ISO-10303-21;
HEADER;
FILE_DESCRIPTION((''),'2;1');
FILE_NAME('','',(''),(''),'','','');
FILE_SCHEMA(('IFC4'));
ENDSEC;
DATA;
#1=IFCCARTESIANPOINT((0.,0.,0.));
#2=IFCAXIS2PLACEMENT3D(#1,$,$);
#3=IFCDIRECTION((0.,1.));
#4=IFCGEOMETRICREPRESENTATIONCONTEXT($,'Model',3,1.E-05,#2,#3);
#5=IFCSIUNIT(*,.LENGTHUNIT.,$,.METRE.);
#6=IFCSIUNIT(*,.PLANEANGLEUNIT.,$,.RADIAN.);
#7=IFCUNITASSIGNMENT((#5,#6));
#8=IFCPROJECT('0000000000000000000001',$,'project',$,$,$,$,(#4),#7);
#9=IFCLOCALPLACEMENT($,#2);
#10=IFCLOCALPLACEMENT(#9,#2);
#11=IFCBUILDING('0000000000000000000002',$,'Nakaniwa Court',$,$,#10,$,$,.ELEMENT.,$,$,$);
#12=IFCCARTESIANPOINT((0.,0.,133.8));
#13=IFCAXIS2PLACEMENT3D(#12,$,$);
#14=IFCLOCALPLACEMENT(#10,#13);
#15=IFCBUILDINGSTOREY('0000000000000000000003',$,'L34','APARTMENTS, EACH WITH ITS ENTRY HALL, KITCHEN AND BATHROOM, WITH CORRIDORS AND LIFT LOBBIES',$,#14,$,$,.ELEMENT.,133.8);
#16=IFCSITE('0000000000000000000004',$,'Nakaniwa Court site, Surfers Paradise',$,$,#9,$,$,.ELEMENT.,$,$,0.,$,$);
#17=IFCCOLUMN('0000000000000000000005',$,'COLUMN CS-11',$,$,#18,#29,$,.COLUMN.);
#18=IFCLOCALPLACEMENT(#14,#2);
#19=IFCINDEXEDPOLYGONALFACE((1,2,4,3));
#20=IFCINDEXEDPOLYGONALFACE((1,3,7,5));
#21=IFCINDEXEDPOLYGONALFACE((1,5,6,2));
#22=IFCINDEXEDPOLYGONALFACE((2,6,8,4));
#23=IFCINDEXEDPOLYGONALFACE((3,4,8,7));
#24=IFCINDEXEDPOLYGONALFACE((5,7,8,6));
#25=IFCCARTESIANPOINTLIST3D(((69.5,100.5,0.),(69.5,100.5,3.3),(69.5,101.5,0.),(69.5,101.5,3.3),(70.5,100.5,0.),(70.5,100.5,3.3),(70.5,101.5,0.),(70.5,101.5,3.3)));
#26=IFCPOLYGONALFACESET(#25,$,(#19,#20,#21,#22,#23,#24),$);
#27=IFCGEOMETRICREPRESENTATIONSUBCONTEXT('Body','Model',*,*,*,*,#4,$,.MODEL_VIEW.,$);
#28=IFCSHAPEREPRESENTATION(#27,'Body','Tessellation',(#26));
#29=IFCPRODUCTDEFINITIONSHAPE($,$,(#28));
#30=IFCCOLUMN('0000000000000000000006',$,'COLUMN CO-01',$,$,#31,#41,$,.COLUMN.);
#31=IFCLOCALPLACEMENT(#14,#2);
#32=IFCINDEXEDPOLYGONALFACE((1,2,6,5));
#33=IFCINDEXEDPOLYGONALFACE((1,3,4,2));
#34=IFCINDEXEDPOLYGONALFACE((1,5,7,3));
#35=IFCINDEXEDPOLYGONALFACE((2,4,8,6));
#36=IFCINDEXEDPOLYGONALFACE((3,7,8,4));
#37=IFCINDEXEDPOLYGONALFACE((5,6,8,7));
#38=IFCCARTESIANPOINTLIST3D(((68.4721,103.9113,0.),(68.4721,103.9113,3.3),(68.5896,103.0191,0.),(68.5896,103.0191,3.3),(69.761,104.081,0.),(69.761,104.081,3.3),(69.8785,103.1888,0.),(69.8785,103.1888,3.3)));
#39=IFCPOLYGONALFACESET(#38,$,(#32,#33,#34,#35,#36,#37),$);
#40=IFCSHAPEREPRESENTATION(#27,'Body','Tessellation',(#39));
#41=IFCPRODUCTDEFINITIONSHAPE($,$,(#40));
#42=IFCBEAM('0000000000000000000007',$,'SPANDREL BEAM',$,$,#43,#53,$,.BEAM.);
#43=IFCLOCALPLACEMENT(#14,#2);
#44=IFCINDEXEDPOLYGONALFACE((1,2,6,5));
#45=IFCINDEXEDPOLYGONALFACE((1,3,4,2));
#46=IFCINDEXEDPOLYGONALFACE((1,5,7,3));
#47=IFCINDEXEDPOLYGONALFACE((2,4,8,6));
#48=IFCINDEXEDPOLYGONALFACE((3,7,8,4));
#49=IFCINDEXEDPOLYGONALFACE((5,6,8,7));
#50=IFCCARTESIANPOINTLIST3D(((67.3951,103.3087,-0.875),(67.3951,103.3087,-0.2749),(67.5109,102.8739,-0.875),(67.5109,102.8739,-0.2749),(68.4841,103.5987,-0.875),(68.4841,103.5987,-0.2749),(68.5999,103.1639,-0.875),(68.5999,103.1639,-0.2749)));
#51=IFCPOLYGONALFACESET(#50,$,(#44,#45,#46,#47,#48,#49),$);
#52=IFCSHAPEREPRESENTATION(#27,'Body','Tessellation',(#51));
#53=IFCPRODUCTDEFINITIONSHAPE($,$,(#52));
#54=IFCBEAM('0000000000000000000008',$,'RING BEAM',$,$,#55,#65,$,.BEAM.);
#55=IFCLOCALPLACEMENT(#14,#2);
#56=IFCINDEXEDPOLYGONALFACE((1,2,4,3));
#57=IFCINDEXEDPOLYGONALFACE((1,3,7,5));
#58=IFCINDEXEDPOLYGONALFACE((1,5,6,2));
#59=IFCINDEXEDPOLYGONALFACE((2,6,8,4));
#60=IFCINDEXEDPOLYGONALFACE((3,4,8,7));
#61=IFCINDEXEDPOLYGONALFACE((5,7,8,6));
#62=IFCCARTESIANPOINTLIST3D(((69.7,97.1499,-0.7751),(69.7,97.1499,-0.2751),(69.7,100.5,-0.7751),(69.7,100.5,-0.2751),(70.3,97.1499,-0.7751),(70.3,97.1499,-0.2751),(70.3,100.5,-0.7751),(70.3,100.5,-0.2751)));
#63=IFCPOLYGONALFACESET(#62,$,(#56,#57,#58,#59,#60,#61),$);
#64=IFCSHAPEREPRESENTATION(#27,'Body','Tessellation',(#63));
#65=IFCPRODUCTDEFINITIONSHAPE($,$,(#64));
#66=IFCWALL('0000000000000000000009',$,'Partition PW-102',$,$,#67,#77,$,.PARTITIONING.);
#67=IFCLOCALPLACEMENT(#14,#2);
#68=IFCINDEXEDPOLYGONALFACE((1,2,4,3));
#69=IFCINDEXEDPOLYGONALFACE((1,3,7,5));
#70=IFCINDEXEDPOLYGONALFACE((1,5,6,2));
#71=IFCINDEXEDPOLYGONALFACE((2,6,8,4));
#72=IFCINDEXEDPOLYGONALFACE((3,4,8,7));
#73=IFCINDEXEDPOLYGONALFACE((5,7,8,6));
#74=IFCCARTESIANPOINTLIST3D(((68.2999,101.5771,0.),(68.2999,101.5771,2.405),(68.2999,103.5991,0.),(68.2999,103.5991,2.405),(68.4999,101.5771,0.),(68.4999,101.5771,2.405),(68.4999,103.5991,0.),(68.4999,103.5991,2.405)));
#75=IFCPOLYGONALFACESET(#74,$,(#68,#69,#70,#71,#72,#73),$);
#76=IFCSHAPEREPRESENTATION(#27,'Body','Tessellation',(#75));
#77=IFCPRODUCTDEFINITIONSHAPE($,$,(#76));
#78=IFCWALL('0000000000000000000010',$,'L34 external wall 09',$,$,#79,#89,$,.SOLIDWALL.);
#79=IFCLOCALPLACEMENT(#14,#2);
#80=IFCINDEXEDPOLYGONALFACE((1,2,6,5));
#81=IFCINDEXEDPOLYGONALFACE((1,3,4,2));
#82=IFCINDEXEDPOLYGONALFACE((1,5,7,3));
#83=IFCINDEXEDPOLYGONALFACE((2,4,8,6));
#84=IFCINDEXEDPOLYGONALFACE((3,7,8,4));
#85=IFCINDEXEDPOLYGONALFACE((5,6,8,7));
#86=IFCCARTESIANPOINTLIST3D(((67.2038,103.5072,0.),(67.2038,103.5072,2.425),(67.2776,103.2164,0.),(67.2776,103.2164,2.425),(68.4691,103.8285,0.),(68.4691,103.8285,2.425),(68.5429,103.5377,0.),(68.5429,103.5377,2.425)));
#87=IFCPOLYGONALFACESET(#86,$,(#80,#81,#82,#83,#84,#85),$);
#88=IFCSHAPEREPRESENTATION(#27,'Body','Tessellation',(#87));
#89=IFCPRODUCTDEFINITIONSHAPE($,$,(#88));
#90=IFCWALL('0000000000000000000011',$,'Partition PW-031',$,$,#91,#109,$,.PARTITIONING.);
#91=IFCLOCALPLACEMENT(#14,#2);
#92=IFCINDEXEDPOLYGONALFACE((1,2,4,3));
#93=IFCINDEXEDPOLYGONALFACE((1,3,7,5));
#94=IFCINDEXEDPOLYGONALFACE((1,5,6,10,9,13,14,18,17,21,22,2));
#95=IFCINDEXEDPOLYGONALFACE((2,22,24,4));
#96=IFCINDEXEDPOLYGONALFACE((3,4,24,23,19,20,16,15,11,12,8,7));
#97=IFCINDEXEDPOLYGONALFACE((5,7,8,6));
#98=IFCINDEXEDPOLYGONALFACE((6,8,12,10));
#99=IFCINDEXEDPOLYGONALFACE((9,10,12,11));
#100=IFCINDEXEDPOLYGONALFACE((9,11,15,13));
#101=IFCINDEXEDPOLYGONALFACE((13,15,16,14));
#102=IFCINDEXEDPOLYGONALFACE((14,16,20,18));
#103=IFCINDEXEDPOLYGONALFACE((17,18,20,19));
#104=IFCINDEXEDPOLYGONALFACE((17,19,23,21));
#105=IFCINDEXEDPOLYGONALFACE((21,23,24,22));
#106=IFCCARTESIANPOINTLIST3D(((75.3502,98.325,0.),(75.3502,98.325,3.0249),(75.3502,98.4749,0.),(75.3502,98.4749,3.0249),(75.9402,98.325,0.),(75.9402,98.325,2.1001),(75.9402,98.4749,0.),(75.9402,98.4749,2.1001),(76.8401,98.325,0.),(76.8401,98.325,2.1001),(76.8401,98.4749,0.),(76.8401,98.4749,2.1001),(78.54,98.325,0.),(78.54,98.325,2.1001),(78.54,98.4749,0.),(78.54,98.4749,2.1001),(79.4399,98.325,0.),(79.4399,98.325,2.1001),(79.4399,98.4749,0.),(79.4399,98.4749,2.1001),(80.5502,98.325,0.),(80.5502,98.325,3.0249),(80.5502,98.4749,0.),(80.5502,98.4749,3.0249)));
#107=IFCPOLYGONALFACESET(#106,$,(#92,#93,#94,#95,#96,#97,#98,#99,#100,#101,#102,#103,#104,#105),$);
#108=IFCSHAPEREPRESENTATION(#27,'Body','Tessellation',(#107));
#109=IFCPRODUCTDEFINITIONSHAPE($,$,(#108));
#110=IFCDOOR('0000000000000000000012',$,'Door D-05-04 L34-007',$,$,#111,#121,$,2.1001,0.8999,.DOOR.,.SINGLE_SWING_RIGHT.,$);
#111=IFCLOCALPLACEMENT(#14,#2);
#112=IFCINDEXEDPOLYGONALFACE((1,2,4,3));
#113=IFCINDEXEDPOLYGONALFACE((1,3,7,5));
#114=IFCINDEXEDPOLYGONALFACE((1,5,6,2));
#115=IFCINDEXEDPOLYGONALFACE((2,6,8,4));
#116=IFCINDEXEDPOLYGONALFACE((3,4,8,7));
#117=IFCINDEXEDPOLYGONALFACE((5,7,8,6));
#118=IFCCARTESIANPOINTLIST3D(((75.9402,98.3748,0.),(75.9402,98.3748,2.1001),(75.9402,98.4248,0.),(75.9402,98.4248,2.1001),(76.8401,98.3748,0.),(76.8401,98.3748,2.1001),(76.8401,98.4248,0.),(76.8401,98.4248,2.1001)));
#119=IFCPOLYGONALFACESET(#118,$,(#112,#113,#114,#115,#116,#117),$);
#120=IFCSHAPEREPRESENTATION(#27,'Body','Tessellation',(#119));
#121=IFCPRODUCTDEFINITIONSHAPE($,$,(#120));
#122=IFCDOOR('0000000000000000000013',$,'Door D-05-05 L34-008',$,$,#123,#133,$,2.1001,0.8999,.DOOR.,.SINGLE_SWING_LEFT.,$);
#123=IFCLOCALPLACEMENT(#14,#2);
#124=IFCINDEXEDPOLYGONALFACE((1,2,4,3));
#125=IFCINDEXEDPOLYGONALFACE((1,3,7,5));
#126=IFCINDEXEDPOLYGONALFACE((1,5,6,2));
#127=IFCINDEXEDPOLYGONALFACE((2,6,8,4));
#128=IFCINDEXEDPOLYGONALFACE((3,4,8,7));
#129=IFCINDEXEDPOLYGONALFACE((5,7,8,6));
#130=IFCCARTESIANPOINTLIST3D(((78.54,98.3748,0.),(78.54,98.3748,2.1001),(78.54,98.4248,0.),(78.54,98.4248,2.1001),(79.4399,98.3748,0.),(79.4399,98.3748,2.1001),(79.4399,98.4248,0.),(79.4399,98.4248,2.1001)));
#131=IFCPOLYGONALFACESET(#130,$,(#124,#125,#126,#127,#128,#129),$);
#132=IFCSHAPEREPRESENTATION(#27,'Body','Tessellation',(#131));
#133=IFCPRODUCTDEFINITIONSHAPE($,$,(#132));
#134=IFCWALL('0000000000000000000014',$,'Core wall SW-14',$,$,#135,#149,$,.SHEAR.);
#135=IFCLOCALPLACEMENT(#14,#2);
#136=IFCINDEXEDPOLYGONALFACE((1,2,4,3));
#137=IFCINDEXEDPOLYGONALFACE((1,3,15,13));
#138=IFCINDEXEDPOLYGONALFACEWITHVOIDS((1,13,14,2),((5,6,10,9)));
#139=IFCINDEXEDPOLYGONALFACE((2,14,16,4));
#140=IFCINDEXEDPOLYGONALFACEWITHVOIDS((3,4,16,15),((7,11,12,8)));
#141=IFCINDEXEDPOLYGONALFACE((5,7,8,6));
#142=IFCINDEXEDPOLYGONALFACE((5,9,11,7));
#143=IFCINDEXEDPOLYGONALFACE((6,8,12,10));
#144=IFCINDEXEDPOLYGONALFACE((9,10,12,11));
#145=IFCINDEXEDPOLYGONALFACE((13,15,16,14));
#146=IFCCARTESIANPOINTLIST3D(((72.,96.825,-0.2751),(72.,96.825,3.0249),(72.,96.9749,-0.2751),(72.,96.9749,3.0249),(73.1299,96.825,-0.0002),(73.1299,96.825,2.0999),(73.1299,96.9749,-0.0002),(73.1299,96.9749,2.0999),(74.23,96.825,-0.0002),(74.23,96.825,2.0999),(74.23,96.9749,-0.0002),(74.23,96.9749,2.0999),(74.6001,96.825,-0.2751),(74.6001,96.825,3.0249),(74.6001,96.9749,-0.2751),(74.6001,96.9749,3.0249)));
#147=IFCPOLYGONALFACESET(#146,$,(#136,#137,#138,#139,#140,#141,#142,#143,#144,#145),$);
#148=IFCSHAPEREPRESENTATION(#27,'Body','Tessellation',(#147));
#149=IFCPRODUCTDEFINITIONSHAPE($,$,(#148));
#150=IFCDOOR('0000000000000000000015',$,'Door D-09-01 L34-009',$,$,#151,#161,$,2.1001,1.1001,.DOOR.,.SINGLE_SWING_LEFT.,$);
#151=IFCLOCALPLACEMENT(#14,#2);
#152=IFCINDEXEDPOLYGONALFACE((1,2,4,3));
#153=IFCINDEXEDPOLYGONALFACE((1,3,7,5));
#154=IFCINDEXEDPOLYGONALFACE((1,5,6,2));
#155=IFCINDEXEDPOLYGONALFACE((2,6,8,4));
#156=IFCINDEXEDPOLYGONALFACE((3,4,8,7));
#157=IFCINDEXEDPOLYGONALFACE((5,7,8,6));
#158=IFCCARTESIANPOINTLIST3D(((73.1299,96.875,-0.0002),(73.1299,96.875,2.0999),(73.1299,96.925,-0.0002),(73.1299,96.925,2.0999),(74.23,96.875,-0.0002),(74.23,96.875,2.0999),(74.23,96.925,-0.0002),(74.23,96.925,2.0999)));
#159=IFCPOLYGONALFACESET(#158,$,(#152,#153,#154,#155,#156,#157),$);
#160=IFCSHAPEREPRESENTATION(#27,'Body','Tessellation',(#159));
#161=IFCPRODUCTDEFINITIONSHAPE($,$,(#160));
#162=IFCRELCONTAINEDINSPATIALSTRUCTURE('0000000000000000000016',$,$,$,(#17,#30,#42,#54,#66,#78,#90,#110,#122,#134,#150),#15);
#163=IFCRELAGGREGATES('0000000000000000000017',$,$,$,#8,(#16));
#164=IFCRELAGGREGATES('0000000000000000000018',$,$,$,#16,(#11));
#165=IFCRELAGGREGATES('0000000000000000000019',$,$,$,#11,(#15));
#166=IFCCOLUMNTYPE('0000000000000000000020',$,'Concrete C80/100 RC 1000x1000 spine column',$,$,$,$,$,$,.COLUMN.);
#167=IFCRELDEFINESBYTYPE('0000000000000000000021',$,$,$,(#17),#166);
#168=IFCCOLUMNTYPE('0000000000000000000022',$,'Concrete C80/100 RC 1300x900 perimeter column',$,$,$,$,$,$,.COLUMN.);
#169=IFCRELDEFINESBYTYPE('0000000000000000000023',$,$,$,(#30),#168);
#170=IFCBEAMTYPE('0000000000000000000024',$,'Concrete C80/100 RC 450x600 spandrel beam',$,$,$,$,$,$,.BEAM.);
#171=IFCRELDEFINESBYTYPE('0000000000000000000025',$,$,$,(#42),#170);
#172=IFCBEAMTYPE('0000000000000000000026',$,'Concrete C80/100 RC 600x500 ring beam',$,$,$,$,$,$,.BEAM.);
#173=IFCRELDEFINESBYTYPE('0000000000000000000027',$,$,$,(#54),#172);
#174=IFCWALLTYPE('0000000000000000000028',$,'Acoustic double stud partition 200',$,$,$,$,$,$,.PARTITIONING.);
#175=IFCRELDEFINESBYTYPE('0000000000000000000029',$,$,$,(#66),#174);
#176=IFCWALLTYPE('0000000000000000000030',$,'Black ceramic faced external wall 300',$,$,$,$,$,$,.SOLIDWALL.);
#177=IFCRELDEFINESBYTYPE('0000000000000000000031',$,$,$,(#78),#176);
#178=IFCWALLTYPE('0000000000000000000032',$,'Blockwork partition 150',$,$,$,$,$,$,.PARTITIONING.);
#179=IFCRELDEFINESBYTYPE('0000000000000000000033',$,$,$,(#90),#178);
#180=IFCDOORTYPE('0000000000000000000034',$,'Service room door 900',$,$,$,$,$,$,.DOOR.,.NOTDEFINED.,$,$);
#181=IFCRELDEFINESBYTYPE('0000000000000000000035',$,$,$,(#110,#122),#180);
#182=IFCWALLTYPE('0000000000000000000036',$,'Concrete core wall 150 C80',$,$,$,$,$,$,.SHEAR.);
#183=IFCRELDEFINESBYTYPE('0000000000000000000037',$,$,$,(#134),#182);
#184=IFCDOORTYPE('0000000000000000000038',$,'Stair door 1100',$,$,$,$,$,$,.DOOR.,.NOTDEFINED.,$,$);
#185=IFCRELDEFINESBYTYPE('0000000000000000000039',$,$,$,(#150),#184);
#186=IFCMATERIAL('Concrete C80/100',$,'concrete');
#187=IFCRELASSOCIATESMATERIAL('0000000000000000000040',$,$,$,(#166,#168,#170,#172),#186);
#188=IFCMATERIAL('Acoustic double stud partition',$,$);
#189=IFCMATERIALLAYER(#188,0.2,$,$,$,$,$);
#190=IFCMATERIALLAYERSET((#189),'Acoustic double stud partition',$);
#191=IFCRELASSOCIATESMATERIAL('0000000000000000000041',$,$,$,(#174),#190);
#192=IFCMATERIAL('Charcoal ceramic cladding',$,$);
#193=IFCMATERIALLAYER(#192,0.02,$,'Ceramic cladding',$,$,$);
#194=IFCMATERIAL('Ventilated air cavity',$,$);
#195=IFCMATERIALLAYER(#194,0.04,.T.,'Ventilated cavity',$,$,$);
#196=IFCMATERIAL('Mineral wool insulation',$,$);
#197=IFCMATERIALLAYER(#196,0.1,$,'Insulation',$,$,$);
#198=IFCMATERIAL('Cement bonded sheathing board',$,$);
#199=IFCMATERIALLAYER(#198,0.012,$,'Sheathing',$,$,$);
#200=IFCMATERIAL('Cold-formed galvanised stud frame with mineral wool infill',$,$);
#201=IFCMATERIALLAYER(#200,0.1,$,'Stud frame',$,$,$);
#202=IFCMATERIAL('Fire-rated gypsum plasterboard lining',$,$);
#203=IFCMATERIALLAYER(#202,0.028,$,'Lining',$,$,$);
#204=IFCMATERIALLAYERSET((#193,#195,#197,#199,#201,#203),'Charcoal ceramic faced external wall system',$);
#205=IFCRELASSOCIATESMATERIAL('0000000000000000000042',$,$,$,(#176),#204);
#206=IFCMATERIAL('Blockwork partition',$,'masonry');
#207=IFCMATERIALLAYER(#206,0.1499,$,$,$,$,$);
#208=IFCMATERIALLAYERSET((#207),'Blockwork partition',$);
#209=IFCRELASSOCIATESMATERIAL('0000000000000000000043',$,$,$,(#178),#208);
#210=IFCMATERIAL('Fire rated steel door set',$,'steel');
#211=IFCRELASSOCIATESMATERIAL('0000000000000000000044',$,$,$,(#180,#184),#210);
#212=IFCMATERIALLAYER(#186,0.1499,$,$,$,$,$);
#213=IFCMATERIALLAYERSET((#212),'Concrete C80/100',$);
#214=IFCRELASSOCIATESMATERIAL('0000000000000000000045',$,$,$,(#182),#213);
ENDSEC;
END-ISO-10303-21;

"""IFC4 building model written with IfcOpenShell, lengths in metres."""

from ifc_helpers import new_model, si_unit, direction, frame, frame_2d, origin, origin_2d, place, context, subcontext, project, spatial, rectangle, extrude, material, layer, layer_set, material_profile, profile_set, type_object, element, fill, save


model = new_model("IFC4")

# Units and contexts
model_context = context("Model", 3, precision=1e-05, world=origin(), true_north=direction((0.0, 1.0)))
body_context = subcontext(model_context, "Body", "Model", "MODEL_VIEW")
ifc_project = project(units=[si_unit("LENGTHUNIT", "METRE"), si_unit("PLANEANGLEUNIT", "RADIAN")], contexts=[model_context])

# Site, building, storey
site_placement = place(None, origin())
site = spatial("IfcSite", under=ifc_project, at=site_placement, Name="Nakaniwa Court site, Surfers Paradise", CompositionType="ELEMENT", RefElevation=0.0)
building_placement = place(site_placement, origin())
building = spatial("IfcBuilding", under=site, at=building_placement, Name="Nakaniwa Court", CompositionType="ELEMENT")
storey_placement = place(building_placement, frame((0.0, 0.0, 133.8)))
storey = spatial("IfcBuildingStorey", under=building, at=storey_placement, Name="L34", Description="APARTMENTS, EACH WITH ITS ENTRY HALL, KITCHEN AND BATHROOM, WITH CORRIDORS AND LIFT LOBBIES", CompositionType="ELEMENT", Elevation=133.8)

# Columns
ifc_material_1 = material(Name="Concrete C80/100", Category="concrete")
ifc_material_profile_1 = material_profile(ifc_material_1, rectangle(XDim=1.0, YDim=1.0, at=origin_2d()), Name="Concrete C80/100 RC 1000x1000 spine column")
ifc_profile_set_1 = profile_set([ifc_material_profile_1], Name="Concrete C80/100")
column_type_1 = type_object("IfcColumnType", Name="Concrete C80/100 RC 1000x1000 spine column", PredefinedType="COLUMN", material=ifc_profile_set_1)
column_1_placement = place(storey_placement, frame((70.0, 101.0, 0.0), z_axis=(0.0, 0.0, 1.0), x_axis=(0.0, -1.0, 0.0)))
element("IfcColumn", 1, at=column_1_placement, inside=storey, type_object=column_type_1, Name="COLUMN CS-11", PredefinedType="COLUMN", context=body_context, shape_type="SweptSolid", body=[
    extrude(rectangle(XDim=1.0, YDim=1.0, at=origin_2d()), origin(), (0.0, 0.0, 1.0), 3.3),
])
ifc_material_profile_2 = material_profile(ifc_material_1, rectangle(XDim=1.3, YDim=0.8999, at=origin_2d()), Name="Concrete C80/100 RC 1300x900 perimeter column")
ifc_profile_set_2 = profile_set([ifc_material_profile_2], Name="Concrete C80/100")
column_type_2 = type_object("IfcColumnType", Name="Concrete C80/100 RC 1300x900 perimeter column", PredefinedType="COLUMN", material=ifc_profile_set_2)
column_2_placement = place(storey_placement, frame((69.1753, 103.55, 0.0), z_axis=(0.0, 0.0, 1.0), x_axis=(-0.991443, -0.130543, 0.0)))
element("IfcColumn", 2, at=column_2_placement, inside=storey, type_object=column_type_2, Name="COLUMN CO-01", PredefinedType="COLUMN", context=body_context, shape_type="SweptSolid", body=[
    extrude(rectangle(XDim=1.3, YDim=0.8999, at=origin_2d()), origin(), (0.0, 0.0, 1.0), 3.3),
])

# Beams
ifc_material_profile_3 = material_profile(ifc_material_1, rectangle(XDim=0.45, YDim=0.6001, at=origin_2d()), Name="Concrete C80/100 RC 450x600 spandrel beam")
ifc_profile_set_3 = profile_set([ifc_material_profile_3], Name="Concrete C80/100")
beam_type_1 = type_object("IfcBeamType", Name="Concrete C80/100 RC 450x600 spandrel beam", PredefinedType="BEAM", material=ifc_profile_set_3)
beam_1_placement = place(storey_placement, frame((68.542, 103.3813, -0.575), z_axis=(-0.966321, -0.257339, 0.0), x_axis=(0.257339, -0.966321, 0.0)))
element("IfcBeam", 3, at=beam_1_placement, inside=storey, type_object=beam_type_1, Name="SPANDREL BEAM", PredefinedType="BEAM", context=body_context, shape_type="SweptSolid", body=[
    extrude(rectangle(XDim=0.45, YDim=0.6001, at=origin_2d()), origin(), (0.0, 0.0, 1.0), 1.127),
])
ifc_material_profile_4 = material_profile(ifc_material_1, rectangle(XDim=0.6001, YDim=0.5, at=origin_2d()), Name="Concrete C80/100 RC 600x500 ring beam")
ifc_profile_set_4 = profile_set([ifc_material_profile_4], Name="Concrete C80/100")
beam_type_2 = type_object("IfcBeamType", Name="Concrete C80/100 RC 600x500 ring beam", PredefinedType="BEAM", material=ifc_profile_set_4)
beam_2_placement = place(storey_placement, frame((70.0, 100.5, -0.5251), z_axis=(0.0, -1.0, 0.0), x_axis=(1.0, 0.0, 0.0)))
element("IfcBeam", 4, at=beam_2_placement, inside=storey, type_object=beam_type_2, Name="RING BEAM", PredefinedType="BEAM", context=body_context, shape_type="SweptSolid", body=[
    extrude(rectangle(XDim=0.6001, YDim=0.5, at=origin_2d()), origin(), (0.0, 0.0, 1.0), 3.3501),
])

# Walls
ifc_material_2 = material(Name="Acoustic double stud partition")
ifc_layer_1 = layer(ifc_material_2, 0.2)
ifc_layer_set_1 = layer_set([ifc_layer_1], Name="Acoustic double stud partition")
wall_type_1 = type_object("IfcWallType", Name="Acoustic double stud partition 200", PredefinedType="PARTITIONING", material=ifc_layer_set_1)
wall_1_placement = place(storey_placement, frame((68.3999, 101.5771, 0.0), z_axis=(0.0, 0.0, 1.0), x_axis=(0.0, 1.0, 0.0)))
element("IfcWall", 5, at=wall_1_placement, inside=storey, type_object=wall_type_1, Name="Partition PW-102", PredefinedType="PARTITIONING", context=body_context, shape_type="SweptSolid", body=[
    extrude(rectangle(XDim=2.022, YDim=0.2, at=frame_2d((1.011, 0.0))), origin(), (0.0, 0.0, 1.0), 2.405),
])
ifc_material_3 = material(Name="Charcoal ceramic cladding")
ifc_layer_2 = layer(ifc_material_3, 0.02, Name="Ceramic cladding")
ifc_material_4 = material(Name="Ventilated air cavity")
ifc_layer_3 = layer(ifc_material_4, 0.04, ventilated=True, Name="Ventilated cavity")
ifc_material_5 = material(Name="Mineral wool insulation")
ifc_layer_4 = layer(ifc_material_5, 0.1, Name="Insulation")
ifc_material_6 = material(Name="Cement bonded sheathing board")
ifc_layer_5 = layer(ifc_material_6, 0.012, Name="Sheathing")
ifc_material_7 = material(Name="Cold-formed galvanised stud frame with mineral wool infill")
ifc_layer_6 = layer(ifc_material_7, 0.1, Name="Stud frame")
ifc_material_8 = material(Name="Fire-rated gypsum plasterboard lining")
ifc_layer_7 = layer(ifc_material_8, 0.028, Name="Lining")
ifc_layer_set_2 = layer_set([ifc_layer_2, ifc_layer_3, ifc_layer_4, ifc_layer_5, ifc_layer_6, ifc_layer_7], Name="Charcoal ceramic faced external wall system")
wall_type_2 = type_object("IfcWallType", Name="Black ceramic faced external wall 300", PredefinedType="SOLIDWALL", material=ifc_layer_set_2)
wall_2_placement = place(storey_placement, frame((68.5061, 103.6831, 0.0), z_axis=(0.0, 0.0, 1.0), x_axis=(-0.969245, -0.246098, 0.0)))
element("IfcWall", 6, at=wall_2_placement, inside=storey, type_object=wall_type_2, Name="L34 external wall 09", PredefinedType="SOLIDWALL", context=body_context, shape_type="SweptSolid", body=[
    extrude(rectangle(XDim=1.3054, YDim=0.3, at=frame_2d((0.6528, 0.0))), origin(), (0.0, 0.0, 1.0), 2.425),
])

# Wall, openings, doors
ifc_material_9 = material(Name="Blockwork partition", Category="masonry")
ifc_layer_8 = layer(ifc_material_9, 0.1499)
ifc_layer_set_3 = layer_set([ifc_layer_8], Name="Blockwork partition")
wall_type_3 = type_object("IfcWallType", Name="Blockwork partition 150", PredefinedType="PARTITIONING", material=ifc_layer_set_3)
wall_3_placement = place(storey_placement, frame((75.3501, 98.3999, 0.0), z_axis=(0.0, 0.0, 1.0), x_axis=(1.0, 0.0, 0.0)))
wall_3 = element("IfcWall", 7, at=wall_3_placement, inside=storey, type_object=wall_type_3, Name="Partition PW-031", PredefinedType="PARTITIONING", context=body_context, shape_type="SweptSolid", body=[
    extrude(rectangle(XDim=5.2, YDim=0.1499, at=frame_2d((2.6001, 0.0))), origin(), (0.0, 0.0, 1.0), 3.0249),
])
opening_1_placement = place(wall_3_placement, frame((0.5901, 0.0, 0.0)))
opening_1 = element("IfcOpeningElement", 8, at=opening_1_placement, cuts=wall_3, PredefinedType="OPENING", context=body_context, shape_type="SweptSolid", body=[
    extrude(rectangle(XDim=0.8999, YDim=2.1001, at=frame_2d((0.45, 1.05))), frame((0.0, 0.085, 0.0), z_axis=(0.0, -1.0, 0.0), x_axis=(1.0, 0.0, 0.0)), (0.0, 0.0, 1.0), 0.1699),
])
opening_2_placement = place(wall_3_placement, frame((3.1899, 0.0, 0.0)))
opening_2 = element("IfcOpeningElement", 9, at=opening_2_placement, cuts=wall_3, PredefinedType="OPENING", context=body_context, shape_type="SweptSolid", body=[
    extrude(rectangle(XDim=0.8999, YDim=2.1001, at=frame_2d((0.45, 1.05))), frame((0.0, 0.085, 0.0), z_axis=(0.0, -1.0, 0.0), x_axis=(1.0, 0.0, 0.0)), (0.0, 0.0, 1.0), 0.1699),
])
ifc_material_10 = material(Name="Fire rated steel door set", Category="steel")
door_type_1 = type_object("IfcDoorType", Name="Service room door 900", OperationType="NOTDEFINED", PredefinedType="DOOR", material=ifc_material_10)
door_1_placement = place(opening_1_placement, origin())
door_1 = element("IfcDoor", 10, at=door_1_placement, inside=storey, type_object=door_type_1, Name="Door D-05-04 L34-007", OperationType="SINGLE_SWING_RIGHT", OverallHeight=2.1001, OverallWidth=0.8999, PredefinedType="DOOR", context=body_context, shape_type="SweptSolid", body=[
    extrude(rectangle(XDim=0.8999, YDim=2.1001, at=frame_2d((0.45, 1.05))), frame((0.0, 0.0249, 0.0), z_axis=(0.0, -1.0, 0.0), x_axis=(1.0, 0.0, 0.0)), (0.0, 0.0, 1.0), 0.05),
])
fill(opening_1, door_1)
door_2_placement = place(opening_2_placement, origin())
door_2 = element("IfcDoor", 11, at=door_2_placement, inside=storey, type_object=door_type_1, Name="Door D-05-05 L34-008", OperationType="SINGLE_SWING_LEFT", OverallHeight=2.1001, OverallWidth=0.8999, PredefinedType="DOOR", context=body_context, shape_type="SweptSolid", body=[
    extrude(rectangle(XDim=0.8999, YDim=2.1001, at=frame_2d((0.45, 1.05))), frame((0.0, 0.0249, 0.0), z_axis=(0.0, -1.0, 0.0), x_axis=(1.0, 0.0, 0.0)), (0.0, 0.0, 1.0), 0.05),
])
fill(opening_2, door_2)

# Wall, opening, door
ifc_layer_9 = layer(ifc_material_1, 0.1499)
ifc_layer_set_4 = layer_set([ifc_layer_9], Name="Concrete C80/100")
wall_type_4 = type_object("IfcWallType", Name="Concrete core wall 150 C80", PredefinedType="SHEAR", material=ifc_layer_set_4)
wall_4_placement = place(storey_placement, frame((74.6001, 96.8999, -0.2751), z_axis=(0.0, 0.0, 1.0), x_axis=(-1.0, 0.0, 0.0)))
wall_4 = element("IfcWall", 12, at=wall_4_placement, inside=storey, type_object=wall_type_4, Name="Core wall SW-14", PredefinedType="SHEAR", context=body_context, shape_type="SweptSolid", body=[
    extrude(rectangle(XDim=2.6001, YDim=0.1499, at=frame_2d((1.3, 0.0))), origin(), (0.0, 0.0, 1.0), 3.3),
])
opening_3_placement = place(wall_4_placement, frame((0.3701, 0.0, 0.2749)))
opening_3 = element("IfcOpeningElement", 13, at=opening_3_placement, cuts=wall_4, PredefinedType="OPENING", context=body_context, shape_type="SweptSolid", body=[
    extrude(rectangle(XDim=1.1001, YDim=2.1001, at=frame_2d((0.55, 1.05))), frame((0.0, 0.085, 0.0), z_axis=(0.0, -1.0, 0.0), x_axis=(1.0, 0.0, 0.0)), (0.0, 0.0, 1.0), 0.1699),
])
door_type_2 = type_object("IfcDoorType", Name="Stair door 1100", OperationType="NOTDEFINED", PredefinedType="DOOR", material=ifc_material_10)
door_3_placement = place(opening_3_placement, origin())
door_3 = element("IfcDoor", 14, at=door_3_placement, inside=storey, type_object=door_type_2, Name="Door D-09-01 L34-009", OperationType="SINGLE_SWING_LEFT", OverallHeight=2.1001, OverallWidth=1.1001, PredefinedType="DOOR", context=body_context, shape_type="SweptSolid", body=[
    extrude(rectangle(XDim=1.1001, YDim=2.1001, at=frame_2d((0.55, 1.05))), frame((0.0, 0.0249, 0.0), z_axis=(0.0, -1.0, 0.0), x_axis=(1.0, 0.0, 0.0)), (0.0, 0.0, 1.0), 0.05),
])
fill(opening_3, door_3)

save(model, "model.ifc")
